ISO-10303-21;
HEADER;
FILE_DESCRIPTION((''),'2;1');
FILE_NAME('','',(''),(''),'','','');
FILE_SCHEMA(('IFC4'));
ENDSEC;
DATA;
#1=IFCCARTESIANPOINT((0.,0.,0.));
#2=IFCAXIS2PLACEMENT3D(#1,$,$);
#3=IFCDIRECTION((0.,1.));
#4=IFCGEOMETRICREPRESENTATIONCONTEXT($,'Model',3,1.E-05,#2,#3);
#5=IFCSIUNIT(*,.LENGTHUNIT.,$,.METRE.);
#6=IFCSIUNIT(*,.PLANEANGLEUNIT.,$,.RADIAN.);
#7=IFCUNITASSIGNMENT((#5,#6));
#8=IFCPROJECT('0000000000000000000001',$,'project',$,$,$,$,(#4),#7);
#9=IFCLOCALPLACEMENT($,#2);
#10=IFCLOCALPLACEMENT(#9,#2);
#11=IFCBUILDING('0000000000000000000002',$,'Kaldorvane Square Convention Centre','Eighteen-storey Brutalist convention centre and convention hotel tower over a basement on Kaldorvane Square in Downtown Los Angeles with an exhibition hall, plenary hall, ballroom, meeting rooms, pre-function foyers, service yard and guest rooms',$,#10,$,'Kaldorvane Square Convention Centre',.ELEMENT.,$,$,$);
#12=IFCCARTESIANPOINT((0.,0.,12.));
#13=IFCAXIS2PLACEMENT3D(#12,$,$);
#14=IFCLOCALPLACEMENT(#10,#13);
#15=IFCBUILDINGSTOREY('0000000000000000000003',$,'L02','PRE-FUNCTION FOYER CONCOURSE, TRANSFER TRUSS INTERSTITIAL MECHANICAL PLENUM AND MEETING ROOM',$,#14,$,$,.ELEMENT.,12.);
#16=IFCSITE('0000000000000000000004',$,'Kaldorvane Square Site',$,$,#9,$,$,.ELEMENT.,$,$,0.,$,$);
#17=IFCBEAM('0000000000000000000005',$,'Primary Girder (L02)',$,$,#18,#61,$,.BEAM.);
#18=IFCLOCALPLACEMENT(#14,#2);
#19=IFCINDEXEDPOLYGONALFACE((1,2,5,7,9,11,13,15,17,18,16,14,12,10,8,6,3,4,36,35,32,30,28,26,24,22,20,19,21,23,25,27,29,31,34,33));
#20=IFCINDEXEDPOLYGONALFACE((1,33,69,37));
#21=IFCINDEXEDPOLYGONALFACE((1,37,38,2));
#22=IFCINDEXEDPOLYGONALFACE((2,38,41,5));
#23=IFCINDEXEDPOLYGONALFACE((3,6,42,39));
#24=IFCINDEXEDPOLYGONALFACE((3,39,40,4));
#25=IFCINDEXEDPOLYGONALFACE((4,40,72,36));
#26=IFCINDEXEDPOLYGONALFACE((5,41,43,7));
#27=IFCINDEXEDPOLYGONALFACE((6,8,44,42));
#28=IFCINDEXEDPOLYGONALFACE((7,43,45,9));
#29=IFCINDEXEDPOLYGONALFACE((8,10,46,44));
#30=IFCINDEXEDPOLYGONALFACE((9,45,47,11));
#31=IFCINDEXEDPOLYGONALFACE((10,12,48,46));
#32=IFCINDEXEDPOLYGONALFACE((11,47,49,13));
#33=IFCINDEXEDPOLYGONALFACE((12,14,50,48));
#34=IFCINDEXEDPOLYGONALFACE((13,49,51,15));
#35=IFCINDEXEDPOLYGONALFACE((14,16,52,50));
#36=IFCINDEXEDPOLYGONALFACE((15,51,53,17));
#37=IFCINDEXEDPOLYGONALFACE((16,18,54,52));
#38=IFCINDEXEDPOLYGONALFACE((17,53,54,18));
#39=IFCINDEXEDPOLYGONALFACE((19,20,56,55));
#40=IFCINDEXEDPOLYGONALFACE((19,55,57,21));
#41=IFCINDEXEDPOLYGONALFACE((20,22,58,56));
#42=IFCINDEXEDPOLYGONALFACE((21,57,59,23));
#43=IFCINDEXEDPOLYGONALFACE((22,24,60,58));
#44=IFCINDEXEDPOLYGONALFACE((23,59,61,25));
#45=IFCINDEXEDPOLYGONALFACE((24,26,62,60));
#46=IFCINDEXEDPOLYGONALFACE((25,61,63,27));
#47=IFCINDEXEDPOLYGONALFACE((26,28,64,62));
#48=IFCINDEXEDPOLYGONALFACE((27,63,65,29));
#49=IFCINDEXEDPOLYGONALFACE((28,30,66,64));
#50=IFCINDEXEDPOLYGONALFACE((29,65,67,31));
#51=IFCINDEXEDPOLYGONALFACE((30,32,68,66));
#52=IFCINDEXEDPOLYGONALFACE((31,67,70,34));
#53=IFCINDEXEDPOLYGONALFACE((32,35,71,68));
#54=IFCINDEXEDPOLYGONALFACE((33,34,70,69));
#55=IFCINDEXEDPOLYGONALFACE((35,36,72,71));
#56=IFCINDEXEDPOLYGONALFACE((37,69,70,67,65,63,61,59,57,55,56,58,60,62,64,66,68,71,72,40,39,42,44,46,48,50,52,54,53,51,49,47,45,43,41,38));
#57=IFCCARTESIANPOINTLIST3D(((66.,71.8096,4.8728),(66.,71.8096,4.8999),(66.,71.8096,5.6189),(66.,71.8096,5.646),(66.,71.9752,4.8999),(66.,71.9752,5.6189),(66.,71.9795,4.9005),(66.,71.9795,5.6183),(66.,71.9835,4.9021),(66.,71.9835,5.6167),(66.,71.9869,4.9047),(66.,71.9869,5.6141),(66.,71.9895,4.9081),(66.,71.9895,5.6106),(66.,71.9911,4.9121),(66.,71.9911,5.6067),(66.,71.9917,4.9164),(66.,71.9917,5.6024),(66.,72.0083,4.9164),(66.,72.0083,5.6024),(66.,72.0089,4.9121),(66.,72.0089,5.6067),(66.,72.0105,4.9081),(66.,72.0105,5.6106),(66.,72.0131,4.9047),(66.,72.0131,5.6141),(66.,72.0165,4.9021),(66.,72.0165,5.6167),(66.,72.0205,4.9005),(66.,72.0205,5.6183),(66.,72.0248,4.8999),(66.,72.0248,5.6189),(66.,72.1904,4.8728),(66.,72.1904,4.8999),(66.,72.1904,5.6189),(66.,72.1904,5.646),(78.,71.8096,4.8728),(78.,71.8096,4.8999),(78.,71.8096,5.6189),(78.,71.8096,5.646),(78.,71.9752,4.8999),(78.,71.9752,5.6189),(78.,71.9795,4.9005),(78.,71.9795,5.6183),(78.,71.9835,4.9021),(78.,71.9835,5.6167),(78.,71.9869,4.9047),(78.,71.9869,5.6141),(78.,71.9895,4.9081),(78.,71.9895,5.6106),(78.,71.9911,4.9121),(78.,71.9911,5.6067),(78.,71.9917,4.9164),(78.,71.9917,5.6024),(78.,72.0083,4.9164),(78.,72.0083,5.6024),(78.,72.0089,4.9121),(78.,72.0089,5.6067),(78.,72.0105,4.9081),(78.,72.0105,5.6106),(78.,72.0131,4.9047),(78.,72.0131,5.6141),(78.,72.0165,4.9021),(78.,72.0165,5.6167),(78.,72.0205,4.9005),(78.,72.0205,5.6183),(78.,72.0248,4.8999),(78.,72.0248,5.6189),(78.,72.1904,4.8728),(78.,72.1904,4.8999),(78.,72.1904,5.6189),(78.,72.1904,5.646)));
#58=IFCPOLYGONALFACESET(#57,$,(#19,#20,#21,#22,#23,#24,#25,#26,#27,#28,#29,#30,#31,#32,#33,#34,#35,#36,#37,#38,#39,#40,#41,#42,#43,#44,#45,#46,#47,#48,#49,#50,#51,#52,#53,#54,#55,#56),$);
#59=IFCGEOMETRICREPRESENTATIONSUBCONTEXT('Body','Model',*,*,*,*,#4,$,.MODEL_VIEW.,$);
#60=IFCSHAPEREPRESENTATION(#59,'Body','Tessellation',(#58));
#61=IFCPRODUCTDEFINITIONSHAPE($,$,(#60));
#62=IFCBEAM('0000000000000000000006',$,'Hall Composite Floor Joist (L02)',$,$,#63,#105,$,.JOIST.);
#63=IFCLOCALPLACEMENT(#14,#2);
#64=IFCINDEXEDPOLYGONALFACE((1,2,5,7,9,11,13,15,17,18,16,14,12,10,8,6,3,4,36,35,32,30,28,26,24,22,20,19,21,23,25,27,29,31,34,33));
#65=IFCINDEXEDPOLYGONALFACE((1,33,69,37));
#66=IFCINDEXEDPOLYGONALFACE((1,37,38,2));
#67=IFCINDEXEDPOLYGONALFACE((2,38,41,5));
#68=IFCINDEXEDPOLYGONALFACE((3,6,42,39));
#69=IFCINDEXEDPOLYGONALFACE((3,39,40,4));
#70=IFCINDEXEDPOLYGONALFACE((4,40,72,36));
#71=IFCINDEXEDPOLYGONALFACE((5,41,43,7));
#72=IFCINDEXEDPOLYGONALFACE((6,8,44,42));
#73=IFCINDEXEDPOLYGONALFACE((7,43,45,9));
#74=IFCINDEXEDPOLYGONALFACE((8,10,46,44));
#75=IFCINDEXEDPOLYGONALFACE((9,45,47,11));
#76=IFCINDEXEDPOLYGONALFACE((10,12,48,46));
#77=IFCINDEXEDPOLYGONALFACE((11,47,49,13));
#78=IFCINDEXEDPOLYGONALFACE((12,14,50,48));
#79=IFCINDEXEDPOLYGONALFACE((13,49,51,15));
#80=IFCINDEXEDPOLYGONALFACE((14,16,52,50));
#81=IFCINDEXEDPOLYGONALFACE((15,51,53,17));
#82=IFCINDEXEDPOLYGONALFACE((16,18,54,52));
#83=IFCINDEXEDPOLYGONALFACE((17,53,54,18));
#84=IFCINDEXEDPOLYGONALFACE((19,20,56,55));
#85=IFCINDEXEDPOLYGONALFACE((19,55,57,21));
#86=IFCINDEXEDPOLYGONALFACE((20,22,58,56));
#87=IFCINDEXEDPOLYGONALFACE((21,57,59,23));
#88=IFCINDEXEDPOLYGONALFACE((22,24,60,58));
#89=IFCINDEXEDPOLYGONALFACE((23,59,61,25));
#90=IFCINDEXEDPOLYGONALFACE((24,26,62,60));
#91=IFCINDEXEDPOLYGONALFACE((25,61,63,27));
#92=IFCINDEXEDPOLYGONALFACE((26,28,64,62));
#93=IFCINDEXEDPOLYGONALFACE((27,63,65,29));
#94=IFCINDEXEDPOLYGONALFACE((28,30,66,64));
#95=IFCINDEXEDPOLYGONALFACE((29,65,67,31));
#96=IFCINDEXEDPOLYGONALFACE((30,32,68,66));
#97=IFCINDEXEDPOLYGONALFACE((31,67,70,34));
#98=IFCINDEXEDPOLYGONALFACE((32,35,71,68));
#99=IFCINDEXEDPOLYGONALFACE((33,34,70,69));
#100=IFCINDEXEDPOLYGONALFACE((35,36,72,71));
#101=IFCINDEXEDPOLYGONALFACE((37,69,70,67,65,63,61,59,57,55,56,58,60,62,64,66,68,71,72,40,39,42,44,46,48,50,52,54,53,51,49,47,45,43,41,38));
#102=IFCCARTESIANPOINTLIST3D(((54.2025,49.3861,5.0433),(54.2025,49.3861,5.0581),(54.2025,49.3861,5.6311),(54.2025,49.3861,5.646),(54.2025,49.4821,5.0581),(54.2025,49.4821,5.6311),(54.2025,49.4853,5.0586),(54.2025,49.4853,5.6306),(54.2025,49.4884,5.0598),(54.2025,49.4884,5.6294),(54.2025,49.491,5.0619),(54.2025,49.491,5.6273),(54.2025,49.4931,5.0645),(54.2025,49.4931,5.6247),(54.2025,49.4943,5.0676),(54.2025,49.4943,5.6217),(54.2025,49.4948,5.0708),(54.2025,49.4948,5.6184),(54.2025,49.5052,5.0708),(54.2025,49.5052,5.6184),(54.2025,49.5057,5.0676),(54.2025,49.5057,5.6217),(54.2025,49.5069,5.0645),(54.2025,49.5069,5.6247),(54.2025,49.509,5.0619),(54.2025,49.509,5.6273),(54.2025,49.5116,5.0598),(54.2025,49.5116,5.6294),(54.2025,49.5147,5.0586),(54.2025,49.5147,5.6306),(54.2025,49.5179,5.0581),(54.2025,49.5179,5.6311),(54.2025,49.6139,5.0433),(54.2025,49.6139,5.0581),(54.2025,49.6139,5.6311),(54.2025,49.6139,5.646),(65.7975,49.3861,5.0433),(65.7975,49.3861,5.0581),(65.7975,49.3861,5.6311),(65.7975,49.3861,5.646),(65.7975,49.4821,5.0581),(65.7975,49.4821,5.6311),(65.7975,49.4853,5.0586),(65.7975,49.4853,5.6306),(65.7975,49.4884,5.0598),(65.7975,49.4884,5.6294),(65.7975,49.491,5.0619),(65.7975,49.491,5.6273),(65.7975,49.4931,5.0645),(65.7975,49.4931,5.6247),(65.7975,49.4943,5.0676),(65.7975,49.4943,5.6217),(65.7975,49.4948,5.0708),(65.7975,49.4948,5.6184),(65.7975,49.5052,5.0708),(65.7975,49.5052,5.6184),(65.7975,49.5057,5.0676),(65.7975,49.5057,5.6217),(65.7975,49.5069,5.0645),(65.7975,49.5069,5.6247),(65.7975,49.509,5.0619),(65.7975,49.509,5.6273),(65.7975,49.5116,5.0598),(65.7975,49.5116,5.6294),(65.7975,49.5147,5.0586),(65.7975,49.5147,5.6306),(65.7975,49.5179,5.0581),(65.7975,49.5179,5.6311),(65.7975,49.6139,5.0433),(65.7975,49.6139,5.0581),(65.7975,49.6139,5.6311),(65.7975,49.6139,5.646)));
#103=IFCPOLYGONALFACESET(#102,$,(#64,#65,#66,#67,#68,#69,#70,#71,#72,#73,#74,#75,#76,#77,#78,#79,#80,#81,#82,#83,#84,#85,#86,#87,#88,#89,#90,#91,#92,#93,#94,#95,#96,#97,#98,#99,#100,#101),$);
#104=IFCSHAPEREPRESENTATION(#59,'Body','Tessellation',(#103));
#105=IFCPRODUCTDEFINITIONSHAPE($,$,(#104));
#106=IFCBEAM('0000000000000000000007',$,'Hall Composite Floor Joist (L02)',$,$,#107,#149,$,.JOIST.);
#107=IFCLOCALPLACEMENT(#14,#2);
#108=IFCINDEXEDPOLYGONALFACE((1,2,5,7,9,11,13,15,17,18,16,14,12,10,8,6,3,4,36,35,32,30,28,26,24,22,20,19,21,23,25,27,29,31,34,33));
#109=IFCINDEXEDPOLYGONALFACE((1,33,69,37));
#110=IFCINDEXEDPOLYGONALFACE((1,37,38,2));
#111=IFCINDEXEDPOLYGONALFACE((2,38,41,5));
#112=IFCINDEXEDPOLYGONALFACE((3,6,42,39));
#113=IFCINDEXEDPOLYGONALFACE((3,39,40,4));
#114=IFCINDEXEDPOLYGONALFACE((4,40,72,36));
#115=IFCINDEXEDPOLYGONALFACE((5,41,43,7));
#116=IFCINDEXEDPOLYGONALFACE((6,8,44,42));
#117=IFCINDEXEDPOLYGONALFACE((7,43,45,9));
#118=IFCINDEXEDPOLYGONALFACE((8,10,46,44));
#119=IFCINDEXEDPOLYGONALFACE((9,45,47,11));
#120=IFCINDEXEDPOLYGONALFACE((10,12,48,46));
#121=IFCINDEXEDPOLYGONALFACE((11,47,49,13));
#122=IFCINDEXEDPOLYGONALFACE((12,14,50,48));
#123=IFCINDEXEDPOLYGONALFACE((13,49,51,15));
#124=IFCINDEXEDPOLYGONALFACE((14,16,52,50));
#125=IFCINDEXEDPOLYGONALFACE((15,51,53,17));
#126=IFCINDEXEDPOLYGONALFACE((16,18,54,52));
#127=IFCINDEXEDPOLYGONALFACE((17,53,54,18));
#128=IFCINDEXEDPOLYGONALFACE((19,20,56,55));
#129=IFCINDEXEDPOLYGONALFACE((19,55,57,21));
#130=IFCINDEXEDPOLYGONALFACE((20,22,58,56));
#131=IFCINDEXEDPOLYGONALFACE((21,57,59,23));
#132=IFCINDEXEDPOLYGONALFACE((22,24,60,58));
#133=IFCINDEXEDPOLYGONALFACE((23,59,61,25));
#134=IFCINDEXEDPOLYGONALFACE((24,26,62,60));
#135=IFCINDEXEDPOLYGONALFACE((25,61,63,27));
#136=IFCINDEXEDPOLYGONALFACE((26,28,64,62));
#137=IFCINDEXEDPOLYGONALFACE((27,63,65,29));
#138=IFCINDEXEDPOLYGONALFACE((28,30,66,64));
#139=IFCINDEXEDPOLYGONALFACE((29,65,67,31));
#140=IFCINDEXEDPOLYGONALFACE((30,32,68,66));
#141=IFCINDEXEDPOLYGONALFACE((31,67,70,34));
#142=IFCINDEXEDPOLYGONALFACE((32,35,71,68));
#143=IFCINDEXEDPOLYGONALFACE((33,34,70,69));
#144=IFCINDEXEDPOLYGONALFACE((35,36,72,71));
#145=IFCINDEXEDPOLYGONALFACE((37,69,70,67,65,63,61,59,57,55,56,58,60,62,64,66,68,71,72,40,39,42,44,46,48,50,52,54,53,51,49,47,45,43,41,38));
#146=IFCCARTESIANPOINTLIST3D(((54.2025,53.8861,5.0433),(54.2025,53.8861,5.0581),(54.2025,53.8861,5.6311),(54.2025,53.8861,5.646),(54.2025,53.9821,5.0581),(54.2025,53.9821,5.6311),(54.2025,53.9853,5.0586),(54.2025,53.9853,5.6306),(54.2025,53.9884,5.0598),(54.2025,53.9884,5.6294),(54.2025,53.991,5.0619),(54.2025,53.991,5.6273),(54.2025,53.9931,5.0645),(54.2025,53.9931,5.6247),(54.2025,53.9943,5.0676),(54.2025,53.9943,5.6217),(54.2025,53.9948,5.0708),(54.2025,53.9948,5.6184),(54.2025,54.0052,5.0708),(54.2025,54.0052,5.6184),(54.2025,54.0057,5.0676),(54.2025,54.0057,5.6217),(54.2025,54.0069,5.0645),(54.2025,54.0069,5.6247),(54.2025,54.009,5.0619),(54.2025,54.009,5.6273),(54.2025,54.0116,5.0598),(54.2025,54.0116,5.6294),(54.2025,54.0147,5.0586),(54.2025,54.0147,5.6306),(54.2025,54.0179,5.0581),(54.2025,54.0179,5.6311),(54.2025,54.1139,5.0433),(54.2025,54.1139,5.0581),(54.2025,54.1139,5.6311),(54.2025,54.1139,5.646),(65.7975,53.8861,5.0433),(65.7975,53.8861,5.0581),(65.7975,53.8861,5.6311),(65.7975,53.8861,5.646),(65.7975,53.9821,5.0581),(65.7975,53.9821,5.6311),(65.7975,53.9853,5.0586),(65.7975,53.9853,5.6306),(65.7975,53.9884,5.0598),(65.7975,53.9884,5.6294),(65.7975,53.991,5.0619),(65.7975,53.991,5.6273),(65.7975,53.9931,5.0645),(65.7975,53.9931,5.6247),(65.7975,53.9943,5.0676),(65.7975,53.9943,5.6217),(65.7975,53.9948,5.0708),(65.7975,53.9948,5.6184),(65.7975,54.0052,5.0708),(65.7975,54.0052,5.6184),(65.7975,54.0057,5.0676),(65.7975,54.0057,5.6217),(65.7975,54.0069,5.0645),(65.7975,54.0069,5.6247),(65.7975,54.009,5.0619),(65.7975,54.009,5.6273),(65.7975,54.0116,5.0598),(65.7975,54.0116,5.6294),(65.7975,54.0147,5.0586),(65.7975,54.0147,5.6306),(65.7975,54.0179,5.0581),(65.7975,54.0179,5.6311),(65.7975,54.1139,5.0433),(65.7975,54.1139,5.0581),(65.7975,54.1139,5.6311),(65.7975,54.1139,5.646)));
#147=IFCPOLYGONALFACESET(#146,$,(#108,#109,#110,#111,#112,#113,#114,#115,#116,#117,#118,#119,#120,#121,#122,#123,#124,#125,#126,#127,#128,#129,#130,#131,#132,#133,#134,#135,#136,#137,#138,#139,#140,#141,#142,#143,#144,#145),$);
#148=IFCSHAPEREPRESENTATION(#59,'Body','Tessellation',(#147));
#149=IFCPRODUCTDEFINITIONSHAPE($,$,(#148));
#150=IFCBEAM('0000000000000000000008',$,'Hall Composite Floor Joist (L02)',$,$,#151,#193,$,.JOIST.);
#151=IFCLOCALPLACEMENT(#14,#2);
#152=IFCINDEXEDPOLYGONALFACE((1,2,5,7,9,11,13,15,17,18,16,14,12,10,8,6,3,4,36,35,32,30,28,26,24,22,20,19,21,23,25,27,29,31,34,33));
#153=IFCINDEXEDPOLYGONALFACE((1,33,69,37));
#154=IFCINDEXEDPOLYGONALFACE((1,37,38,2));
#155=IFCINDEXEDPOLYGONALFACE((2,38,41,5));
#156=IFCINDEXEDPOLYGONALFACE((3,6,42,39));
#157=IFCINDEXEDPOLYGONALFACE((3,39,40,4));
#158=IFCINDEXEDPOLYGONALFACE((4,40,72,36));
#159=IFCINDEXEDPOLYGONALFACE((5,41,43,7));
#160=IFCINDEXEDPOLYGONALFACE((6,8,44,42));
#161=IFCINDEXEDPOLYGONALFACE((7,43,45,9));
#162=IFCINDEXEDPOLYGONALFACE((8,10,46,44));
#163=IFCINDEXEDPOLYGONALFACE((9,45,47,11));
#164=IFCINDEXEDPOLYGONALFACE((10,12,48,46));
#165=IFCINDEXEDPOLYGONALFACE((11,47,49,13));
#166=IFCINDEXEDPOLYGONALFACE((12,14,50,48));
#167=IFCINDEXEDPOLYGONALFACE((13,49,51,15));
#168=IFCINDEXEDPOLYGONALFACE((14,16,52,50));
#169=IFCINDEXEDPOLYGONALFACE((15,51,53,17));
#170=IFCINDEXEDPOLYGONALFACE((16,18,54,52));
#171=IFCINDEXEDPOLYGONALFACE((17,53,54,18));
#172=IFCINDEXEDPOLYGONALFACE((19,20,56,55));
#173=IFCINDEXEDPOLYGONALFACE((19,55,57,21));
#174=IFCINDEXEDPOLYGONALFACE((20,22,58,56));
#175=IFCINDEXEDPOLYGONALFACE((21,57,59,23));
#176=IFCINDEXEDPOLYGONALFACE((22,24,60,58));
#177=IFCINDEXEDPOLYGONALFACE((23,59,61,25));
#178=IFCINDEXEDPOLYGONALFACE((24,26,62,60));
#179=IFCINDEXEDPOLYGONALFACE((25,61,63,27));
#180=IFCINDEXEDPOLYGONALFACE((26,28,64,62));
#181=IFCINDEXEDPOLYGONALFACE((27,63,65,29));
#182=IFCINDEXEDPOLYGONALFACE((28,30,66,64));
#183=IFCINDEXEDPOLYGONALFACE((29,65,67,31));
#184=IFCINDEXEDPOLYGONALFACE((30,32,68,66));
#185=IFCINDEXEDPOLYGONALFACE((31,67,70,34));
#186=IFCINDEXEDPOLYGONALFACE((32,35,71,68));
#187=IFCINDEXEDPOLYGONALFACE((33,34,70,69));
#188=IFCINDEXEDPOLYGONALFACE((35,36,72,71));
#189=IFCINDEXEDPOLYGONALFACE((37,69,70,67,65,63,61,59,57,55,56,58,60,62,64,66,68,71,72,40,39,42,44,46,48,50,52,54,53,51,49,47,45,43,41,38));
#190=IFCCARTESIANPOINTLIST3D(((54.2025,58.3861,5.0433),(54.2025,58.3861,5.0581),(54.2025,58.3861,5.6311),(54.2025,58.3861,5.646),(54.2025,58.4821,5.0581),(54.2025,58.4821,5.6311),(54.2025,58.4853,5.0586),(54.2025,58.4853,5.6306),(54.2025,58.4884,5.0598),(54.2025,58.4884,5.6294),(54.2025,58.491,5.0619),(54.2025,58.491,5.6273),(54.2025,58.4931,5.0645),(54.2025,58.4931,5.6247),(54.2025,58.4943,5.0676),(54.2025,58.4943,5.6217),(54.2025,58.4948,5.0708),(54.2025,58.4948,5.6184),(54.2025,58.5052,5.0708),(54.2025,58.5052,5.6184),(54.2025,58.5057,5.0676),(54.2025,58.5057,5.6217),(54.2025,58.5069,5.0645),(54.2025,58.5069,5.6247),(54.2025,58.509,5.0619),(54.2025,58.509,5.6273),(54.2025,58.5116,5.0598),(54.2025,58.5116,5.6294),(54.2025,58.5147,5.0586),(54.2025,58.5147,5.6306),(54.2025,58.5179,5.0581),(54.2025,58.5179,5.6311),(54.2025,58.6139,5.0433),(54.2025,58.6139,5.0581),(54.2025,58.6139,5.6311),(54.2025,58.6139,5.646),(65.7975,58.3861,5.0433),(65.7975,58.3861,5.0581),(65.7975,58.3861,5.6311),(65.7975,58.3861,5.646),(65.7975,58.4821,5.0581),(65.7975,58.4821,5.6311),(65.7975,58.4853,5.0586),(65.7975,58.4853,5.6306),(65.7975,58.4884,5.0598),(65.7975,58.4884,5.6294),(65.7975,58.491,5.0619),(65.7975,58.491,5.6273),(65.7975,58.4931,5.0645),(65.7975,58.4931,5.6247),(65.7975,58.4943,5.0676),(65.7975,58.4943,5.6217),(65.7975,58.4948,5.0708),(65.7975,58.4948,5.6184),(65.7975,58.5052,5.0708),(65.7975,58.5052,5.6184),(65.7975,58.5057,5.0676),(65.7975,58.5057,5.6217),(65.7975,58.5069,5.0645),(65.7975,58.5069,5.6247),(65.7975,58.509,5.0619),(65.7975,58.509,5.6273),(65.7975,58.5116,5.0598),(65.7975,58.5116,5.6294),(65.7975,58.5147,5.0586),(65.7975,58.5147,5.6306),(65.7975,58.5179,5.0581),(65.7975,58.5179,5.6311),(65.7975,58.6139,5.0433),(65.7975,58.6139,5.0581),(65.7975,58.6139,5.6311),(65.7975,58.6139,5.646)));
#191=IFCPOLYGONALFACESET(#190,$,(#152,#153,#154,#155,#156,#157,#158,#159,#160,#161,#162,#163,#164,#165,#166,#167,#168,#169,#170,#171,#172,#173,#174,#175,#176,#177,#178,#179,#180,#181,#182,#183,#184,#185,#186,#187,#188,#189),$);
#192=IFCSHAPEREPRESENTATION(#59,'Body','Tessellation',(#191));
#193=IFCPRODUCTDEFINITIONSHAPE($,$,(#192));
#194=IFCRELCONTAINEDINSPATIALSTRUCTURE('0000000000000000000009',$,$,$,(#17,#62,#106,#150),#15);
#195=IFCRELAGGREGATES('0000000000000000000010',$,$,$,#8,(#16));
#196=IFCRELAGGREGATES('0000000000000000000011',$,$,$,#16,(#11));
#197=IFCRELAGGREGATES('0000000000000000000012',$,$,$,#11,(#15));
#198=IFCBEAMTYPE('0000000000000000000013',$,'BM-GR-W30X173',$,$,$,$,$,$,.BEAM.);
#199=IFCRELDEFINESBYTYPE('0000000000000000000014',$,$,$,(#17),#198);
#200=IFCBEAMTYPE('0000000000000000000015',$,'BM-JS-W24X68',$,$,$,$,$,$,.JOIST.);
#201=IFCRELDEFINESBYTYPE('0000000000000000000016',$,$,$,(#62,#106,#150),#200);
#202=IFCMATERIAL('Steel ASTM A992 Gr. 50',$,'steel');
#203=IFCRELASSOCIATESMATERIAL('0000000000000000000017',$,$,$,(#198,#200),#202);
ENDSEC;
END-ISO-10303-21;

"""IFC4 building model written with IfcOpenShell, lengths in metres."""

from ifc_helpers import new_model, si_unit, direction, frame, origin, origin_2d, place, context, subcontext, project, spatial, i_section, extrude, material, material_profile, profile_set, type_object, element, save


model = new_model("IFC4")

# Units and contexts
model_context = context("Model", 3, precision=1e-05, world=origin(), true_north=direction((0.0, 1.0)))
body_context = subcontext(model_context, "Body", "Model", "MODEL_VIEW")
ifc_project = project(units=[si_unit("LENGTHUNIT", "METRE"), si_unit("PLANEANGLEUNIT", "RADIAN")], contexts=[model_context])

# Site, building, storey
site_placement = place(None, origin())
site = spatial("IfcSite", under=ifc_project, at=site_placement, Name="Kaldorvane Square Site", CompositionType="ELEMENT", RefElevation=0.0)
building_placement = place(site_placement, origin())
building = spatial("IfcBuilding", under=site, at=building_placement, Name="Kaldorvane Square Convention Centre", Description="Eighteen-storey Brutalist convention centre and convention hotel tower over a basement on Kaldorvane Square in Downtown Los Angeles with an exhibition hall, plenary hall, ballroom, meeting rooms, pre-function foyers, service yard and guest rooms", LongName="Kaldorvane Square Convention Centre", CompositionType="ELEMENT")
storey_placement = place(building_placement, frame((0.0, 0.0, 12.0)))
storey = spatial("IfcBuildingStorey", under=building, at=storey_placement, Name="L02", Description="PRE-FUNCTION FOYER CONCOURSE, TRANSFER TRUSS INTERSTITIAL MECHANICAL PLENUM AND MEETING ROOM", CompositionType="ELEMENT", Elevation=12.0)

# Beams
ifc_material_1 = material(Name="Steel ASTM A992 Gr. 50", Category="steel")
ifc_material_profile_1 = material_profile(ifc_material_1, i_section(OverallWidth=0.3807, OverallDepth=0.7732, WebThickness=0.0166, FlangeThickness=0.0271, FilletRadius=0.0165, at=origin_2d()), Name="W30X173")
ifc_profile_set_1 = profile_set([ifc_material_profile_1], Name="Steel ASTM A992 Gr. 50")
beam_type_1 = type_object("IfcBeamType", Name="BM-GR-W30X173", PredefinedType="BEAM", material=ifc_profile_set_1)
for number, where, z_axis, x_axis, name in (
    (1, (66.0, 72.0, 5.2594), (1.0, 0.0, 0.0), (0.0, 1.0, 0.0), "Primary Girder (L02)"),
):
    element("IfcBeam", number, at=place(storey_placement, frame(where, z_axis=z_axis, x_axis=x_axis)), inside=storey, type_object=beam_type_1, Name=name, PredefinedType="BEAM", context=body_context, shape_type="SweptSolid", body=[
        extrude(i_section(OverallWidth=0.3807, OverallDepth=0.7732, WebThickness=0.0166, FlangeThickness=0.0271, FilletRadius=0.0165, at=origin_2d()), origin(), (0.0, 0.0, 1.0), 12.0),
    ])
ifc_material_profile_2 = material_profile(ifc_material_1, i_section(OverallWidth=0.2277, OverallDepth=0.6027, WebThickness=0.0105, FlangeThickness=0.0149, FilletRadius=0.0127, at=origin_2d()), Name="W24X68")
ifc_profile_set_2 = profile_set([ifc_material_profile_2], Name="Steel ASTM A992 Gr. 50")
beam_type_2 = type_object("IfcBeamType", Name="BM-JS-W24X68", PredefinedType="JOIST", material=ifc_profile_set_2)
for number, where, z_axis, x_axis, name in (
    (2, (54.2025, 49.5, 5.3446), (1.0, 0.0, 0.0), (0.0, 1.0, 0.0), "Hall Composite Floor Joist (L02)"),
    (3, (54.2025, 54.0, 5.3446), (1.0, 0.0, 0.0), (0.0, 1.0, 0.0), "Hall Composite Floor Joist (L02)"),
    (4, (54.2025, 58.5, 5.3446), (1.0, 0.0, 0.0), (0.0, 1.0, 0.0), "Hall Composite Floor Joist (L02)"),
):
    element("IfcBeam", number, at=place(storey_placement, frame(where, z_axis=z_axis, x_axis=x_axis)), inside=storey, type_object=beam_type_2, Name=name, PredefinedType="JOIST", context=body_context, shape_type="SweptSolid", body=[
        extrude(i_section(OverallWidth=0.2277, OverallDepth=0.6027, WebThickness=0.0105, FlangeThickness=0.0149, FilletRadius=0.0127, at=origin_2d()), origin(), (0.0, 0.0, 1.0), 11.595),
    ])

save(model, "model.ifc")
